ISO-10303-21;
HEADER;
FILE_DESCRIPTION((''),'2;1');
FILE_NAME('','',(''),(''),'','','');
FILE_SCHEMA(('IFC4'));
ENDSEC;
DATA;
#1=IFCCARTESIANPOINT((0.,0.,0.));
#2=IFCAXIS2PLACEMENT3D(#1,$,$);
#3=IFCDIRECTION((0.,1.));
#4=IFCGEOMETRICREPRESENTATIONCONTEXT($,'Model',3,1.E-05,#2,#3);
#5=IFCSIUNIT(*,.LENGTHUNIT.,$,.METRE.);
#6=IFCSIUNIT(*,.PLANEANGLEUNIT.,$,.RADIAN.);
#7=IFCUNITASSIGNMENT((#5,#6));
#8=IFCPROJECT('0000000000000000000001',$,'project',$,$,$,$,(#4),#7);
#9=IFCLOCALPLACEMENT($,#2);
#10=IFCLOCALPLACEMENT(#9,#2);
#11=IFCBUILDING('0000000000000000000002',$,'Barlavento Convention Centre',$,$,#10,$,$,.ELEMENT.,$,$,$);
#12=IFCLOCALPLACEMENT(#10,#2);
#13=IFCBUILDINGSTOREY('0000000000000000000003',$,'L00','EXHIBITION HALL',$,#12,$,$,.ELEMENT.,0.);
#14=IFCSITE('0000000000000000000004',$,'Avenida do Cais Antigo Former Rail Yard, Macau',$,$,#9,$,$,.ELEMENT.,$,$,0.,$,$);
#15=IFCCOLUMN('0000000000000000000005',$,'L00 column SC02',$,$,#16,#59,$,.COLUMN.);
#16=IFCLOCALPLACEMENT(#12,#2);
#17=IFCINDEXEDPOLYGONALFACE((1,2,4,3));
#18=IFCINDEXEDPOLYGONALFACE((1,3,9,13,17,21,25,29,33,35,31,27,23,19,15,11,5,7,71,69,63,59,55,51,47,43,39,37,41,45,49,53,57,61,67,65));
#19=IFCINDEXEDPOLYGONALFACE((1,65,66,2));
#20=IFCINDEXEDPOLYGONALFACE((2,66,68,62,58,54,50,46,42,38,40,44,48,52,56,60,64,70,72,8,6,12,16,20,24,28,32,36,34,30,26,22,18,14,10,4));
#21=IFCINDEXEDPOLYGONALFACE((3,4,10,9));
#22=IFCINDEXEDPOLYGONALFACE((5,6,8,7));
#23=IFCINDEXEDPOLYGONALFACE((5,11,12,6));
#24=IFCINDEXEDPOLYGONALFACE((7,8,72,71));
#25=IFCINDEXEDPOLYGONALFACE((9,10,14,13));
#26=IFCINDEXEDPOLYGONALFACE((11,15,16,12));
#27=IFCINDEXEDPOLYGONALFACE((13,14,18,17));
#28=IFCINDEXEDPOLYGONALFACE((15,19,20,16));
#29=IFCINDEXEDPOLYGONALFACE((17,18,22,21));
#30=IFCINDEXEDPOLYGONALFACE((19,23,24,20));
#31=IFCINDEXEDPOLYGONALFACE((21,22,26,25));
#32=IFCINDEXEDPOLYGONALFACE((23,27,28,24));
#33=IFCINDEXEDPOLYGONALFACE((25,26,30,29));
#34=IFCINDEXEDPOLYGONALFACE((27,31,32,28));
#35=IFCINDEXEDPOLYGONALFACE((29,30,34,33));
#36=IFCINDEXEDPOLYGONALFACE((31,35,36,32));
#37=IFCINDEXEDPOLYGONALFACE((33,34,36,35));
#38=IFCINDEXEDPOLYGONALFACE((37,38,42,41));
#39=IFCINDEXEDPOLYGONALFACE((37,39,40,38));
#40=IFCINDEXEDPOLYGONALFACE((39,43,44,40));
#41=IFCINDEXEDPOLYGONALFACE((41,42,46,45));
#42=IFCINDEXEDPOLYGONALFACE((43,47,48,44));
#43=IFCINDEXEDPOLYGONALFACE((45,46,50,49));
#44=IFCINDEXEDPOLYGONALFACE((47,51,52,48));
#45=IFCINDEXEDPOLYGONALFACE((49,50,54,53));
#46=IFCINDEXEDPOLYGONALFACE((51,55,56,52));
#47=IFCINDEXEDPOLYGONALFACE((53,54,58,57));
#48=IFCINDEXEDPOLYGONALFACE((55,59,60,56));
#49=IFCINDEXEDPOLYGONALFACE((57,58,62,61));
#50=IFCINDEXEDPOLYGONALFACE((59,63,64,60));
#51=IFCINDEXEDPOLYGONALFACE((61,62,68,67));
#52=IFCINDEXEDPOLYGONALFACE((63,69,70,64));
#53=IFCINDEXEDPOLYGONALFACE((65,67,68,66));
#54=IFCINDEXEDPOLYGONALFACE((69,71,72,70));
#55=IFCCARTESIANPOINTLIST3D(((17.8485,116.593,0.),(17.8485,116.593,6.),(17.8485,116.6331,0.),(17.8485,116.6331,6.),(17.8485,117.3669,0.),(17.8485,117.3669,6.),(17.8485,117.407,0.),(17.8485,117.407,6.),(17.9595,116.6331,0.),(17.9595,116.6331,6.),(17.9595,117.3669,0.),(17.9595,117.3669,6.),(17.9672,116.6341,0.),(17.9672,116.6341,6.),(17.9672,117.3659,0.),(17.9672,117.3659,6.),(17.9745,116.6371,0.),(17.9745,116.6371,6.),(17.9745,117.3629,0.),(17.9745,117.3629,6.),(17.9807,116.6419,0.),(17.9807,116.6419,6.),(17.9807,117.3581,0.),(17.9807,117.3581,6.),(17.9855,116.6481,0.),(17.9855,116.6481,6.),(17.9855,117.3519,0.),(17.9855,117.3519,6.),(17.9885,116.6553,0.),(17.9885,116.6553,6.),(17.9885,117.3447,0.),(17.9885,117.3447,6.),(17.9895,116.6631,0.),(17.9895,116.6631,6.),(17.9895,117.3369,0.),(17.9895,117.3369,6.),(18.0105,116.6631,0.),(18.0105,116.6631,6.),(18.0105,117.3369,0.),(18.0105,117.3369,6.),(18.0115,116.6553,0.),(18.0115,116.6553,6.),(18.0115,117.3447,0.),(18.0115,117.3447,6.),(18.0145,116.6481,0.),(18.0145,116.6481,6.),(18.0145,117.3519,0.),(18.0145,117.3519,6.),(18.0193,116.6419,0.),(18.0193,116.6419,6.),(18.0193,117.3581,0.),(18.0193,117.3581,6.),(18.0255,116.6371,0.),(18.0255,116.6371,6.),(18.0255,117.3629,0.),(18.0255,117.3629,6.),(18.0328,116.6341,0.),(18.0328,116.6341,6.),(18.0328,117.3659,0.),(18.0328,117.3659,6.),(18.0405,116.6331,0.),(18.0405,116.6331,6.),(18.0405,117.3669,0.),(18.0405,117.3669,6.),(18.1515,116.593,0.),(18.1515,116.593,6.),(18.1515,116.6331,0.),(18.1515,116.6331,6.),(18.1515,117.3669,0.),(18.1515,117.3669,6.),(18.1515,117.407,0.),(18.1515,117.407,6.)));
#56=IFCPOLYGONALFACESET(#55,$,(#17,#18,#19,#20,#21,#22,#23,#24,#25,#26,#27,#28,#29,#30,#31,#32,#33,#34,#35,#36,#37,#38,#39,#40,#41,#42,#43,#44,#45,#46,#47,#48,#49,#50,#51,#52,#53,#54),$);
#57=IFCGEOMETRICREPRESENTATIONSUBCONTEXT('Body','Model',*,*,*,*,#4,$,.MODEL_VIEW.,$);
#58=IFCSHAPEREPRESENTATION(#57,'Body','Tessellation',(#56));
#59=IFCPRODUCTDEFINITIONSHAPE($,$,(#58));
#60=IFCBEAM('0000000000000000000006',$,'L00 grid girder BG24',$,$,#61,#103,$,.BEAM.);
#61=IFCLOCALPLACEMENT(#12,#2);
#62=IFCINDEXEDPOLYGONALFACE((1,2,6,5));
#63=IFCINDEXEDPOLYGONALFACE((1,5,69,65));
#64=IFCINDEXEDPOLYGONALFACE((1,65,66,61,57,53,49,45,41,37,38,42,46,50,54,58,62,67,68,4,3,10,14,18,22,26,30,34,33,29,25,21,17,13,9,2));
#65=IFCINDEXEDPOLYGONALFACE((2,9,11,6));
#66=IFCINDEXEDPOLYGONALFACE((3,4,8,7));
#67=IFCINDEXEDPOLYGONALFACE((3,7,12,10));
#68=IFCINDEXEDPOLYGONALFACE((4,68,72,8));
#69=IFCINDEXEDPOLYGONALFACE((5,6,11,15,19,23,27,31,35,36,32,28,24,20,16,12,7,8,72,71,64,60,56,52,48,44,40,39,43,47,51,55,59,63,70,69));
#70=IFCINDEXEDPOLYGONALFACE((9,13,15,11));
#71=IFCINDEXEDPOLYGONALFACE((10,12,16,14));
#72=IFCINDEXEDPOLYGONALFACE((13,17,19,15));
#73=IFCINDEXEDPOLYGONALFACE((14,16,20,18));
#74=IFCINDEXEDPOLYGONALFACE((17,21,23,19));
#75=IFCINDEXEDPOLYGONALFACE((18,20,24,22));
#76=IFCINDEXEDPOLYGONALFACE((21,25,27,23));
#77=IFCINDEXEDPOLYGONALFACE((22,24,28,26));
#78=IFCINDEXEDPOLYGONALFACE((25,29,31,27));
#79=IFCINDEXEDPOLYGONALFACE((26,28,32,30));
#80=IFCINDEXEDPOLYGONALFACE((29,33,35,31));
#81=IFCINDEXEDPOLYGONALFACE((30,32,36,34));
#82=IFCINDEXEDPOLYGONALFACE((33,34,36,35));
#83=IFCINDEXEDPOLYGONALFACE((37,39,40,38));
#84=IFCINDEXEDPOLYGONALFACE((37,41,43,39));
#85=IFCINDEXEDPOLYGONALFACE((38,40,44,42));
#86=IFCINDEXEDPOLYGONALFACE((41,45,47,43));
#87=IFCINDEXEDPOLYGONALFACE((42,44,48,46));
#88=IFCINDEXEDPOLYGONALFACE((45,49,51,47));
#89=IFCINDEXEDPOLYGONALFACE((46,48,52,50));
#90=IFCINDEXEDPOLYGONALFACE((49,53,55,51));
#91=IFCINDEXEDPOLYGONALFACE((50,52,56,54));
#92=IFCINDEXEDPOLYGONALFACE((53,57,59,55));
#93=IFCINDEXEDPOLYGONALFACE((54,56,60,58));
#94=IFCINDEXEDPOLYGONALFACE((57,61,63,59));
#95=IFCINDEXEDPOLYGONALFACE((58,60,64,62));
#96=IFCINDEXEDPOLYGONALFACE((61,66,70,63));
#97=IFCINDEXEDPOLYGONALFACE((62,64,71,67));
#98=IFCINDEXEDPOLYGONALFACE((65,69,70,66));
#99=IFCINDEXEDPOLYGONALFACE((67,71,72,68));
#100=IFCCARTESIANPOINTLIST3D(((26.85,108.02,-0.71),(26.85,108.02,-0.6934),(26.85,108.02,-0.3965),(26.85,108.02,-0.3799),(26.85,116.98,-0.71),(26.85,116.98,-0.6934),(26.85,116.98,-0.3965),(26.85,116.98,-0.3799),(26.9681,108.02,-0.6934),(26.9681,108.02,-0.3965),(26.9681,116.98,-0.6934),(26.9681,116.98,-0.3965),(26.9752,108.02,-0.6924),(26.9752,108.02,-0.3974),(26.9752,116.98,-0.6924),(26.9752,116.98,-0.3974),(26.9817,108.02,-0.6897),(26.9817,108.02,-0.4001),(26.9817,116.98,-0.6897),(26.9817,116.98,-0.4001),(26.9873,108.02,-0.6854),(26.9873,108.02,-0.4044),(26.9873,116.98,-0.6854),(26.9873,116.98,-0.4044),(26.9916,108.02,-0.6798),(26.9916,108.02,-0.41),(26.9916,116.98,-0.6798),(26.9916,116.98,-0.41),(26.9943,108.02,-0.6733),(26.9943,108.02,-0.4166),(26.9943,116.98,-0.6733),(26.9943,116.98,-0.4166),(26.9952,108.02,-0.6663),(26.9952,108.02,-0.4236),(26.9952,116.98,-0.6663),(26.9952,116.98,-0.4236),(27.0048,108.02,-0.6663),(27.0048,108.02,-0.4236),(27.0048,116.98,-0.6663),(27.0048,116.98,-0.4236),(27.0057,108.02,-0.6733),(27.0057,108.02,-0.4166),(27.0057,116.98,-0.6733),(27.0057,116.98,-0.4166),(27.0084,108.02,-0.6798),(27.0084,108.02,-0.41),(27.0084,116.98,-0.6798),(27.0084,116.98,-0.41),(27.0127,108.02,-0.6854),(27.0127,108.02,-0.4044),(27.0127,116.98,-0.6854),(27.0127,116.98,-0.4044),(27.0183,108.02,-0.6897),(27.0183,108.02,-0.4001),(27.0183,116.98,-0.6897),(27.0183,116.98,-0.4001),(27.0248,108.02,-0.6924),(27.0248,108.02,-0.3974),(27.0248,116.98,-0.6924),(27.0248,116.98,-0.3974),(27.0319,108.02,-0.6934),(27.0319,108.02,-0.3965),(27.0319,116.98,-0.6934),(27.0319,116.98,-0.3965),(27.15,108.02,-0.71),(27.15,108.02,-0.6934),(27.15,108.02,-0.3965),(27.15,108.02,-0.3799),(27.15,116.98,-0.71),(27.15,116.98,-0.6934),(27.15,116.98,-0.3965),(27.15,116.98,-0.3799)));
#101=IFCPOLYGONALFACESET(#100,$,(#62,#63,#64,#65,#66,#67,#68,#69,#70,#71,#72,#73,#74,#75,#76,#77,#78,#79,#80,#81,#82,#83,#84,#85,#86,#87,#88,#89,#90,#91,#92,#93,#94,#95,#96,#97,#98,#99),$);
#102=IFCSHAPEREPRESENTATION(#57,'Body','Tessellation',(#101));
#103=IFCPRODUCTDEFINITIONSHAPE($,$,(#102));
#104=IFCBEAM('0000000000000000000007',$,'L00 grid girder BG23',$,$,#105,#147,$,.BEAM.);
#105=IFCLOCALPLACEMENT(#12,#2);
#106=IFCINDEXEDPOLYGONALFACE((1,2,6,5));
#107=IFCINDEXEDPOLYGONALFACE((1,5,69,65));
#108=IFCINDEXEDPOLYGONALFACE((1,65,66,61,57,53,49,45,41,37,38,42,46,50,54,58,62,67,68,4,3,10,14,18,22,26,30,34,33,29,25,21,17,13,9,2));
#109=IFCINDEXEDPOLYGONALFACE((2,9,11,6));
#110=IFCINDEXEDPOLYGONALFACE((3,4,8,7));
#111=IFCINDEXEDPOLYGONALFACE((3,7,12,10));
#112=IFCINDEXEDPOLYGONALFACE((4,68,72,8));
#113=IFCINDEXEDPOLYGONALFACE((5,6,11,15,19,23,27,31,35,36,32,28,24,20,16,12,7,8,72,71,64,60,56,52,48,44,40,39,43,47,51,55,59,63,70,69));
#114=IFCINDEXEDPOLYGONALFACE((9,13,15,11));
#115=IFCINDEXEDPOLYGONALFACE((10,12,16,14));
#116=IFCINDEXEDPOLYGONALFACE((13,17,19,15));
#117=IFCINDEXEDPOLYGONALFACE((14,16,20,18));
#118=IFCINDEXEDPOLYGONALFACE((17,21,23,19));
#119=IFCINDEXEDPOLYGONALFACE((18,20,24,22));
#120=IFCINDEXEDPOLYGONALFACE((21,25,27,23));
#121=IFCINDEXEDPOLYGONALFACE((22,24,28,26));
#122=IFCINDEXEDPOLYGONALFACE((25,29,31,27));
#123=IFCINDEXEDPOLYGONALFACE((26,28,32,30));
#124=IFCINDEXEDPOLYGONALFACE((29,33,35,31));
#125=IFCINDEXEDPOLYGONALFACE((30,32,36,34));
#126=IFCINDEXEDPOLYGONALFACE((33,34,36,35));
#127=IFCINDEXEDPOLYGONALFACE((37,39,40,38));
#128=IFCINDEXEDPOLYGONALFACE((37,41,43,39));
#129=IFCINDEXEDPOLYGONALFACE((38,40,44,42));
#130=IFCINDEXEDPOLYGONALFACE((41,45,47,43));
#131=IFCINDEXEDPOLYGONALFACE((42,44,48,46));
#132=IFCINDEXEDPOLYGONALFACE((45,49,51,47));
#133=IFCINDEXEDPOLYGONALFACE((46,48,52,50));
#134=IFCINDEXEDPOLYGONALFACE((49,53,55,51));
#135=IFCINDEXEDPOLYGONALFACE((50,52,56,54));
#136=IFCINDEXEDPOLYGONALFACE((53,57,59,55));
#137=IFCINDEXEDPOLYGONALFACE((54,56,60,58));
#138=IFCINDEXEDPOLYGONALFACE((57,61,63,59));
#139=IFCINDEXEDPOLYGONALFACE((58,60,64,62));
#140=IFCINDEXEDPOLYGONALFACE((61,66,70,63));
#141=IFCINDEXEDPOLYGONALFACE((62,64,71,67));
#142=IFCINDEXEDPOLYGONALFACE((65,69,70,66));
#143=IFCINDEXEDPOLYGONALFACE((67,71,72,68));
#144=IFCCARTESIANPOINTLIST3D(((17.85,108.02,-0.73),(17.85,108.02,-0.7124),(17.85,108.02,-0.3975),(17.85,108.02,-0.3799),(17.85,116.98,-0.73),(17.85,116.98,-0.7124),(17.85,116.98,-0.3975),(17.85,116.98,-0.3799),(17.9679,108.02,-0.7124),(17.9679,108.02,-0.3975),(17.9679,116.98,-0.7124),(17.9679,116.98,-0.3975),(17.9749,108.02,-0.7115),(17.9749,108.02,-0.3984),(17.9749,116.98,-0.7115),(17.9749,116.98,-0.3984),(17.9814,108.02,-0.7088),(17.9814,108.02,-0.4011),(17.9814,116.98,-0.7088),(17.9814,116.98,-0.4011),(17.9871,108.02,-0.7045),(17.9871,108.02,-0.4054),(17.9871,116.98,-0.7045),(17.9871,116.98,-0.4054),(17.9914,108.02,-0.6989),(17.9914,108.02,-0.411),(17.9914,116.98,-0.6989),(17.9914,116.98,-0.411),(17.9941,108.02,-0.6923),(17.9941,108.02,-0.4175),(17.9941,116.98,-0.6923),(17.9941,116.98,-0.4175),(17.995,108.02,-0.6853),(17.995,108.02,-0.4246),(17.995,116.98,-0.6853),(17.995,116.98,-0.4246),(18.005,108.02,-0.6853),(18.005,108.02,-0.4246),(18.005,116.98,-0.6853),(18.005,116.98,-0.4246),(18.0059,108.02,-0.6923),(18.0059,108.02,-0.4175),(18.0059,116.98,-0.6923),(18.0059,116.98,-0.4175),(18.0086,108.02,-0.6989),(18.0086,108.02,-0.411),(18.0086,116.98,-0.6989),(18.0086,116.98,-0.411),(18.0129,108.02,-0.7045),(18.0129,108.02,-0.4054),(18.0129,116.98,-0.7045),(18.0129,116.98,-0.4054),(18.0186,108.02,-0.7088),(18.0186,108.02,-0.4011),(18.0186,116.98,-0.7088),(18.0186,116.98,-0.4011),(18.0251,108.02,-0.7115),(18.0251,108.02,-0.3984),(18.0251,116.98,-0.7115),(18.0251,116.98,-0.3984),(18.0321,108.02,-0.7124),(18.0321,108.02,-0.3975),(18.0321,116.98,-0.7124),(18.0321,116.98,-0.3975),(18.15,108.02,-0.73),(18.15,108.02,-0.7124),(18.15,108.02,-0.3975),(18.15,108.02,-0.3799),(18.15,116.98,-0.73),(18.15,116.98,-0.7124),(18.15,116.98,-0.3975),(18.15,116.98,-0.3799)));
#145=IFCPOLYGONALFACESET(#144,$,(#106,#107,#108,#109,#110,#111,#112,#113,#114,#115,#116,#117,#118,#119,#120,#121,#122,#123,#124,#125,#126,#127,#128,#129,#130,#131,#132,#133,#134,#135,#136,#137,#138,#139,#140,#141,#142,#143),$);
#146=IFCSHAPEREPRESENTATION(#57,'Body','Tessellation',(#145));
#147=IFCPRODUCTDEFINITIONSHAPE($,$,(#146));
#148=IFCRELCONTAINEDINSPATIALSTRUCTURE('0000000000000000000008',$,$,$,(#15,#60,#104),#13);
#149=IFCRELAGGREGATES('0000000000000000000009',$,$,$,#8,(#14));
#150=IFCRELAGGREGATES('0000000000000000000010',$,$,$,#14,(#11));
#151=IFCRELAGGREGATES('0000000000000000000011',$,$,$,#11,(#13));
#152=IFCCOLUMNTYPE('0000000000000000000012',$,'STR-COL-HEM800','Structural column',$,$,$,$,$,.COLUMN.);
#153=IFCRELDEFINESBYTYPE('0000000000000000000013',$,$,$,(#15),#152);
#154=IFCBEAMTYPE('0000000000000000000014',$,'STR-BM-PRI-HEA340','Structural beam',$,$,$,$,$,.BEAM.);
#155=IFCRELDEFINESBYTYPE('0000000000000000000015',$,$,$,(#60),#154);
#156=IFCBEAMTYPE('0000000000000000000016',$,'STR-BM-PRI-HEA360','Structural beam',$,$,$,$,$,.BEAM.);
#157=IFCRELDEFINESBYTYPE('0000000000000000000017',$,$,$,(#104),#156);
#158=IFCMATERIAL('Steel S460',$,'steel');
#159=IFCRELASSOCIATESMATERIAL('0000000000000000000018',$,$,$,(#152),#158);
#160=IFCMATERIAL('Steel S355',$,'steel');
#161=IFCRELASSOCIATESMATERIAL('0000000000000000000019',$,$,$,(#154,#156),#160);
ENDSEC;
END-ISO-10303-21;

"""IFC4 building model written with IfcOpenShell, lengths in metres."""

from ifc_helpers import new_model, si_unit, direction, frame, origin, origin_2d, place, context, subcontext, project, spatial, i_section, extrude, material, material_profile, profile_set, type_object, element, save


model = new_model("IFC4")

# Units and contexts
model_context = context("Model", 3, precision=1e-05, world=origin(), true_north=direction((0.0, 1.0)))
body_context = subcontext(model_context, "Body", "Model", "MODEL_VIEW")
ifc_project = project(units=[si_unit("LENGTHUNIT", "METRE"), si_unit("PLANEANGLEUNIT", "RADIAN")], contexts=[model_context])

# Site, building, storey
site_placement = place(None, origin())
site = spatial("IfcSite", under=ifc_project, at=site_placement, Name="Avenida do Cais Antigo Former Rail Yard, Macau", CompositionType="ELEMENT", RefElevation=0.0)
building_placement = place(site_placement, origin())
building = spatial("IfcBuilding", under=site, at=building_placement, Name="Barlavento Convention Centre", CompositionType="ELEMENT")
storey_placement = place(building_placement, origin())
storey = spatial("IfcBuildingStorey", under=building, at=storey_placement, Name="L00", Description="EXHIBITION HALL", CompositionType="ELEMENT", Elevation=0.0)

# Column
ifc_material_1 = material(Name="Steel S460", Category="steel")
ifc_material_profile_1 = material_profile(ifc_material_1, i_section(OverallWidth=0.303, OverallDepth=0.814, WebThickness=0.021, FlangeThickness=0.04, FilletRadius=0.03, at=origin_2d()), Name="HEM 800")
ifc_profile_set_1 = profile_set([ifc_material_profile_1], Name="Steel S460")
column_type = type_object("IfcColumnType", Name="STR-COL-HEM800", Description="Structural column", PredefinedType="COLUMN", material=ifc_profile_set_1)
column_placement = place(storey_placement, frame((18.0, 117.0, 0.0), z_axis=(0.0, 0.0, 1.0), x_axis=(1.0, 0.0, 0.0)))
element("IfcColumn", 1, at=column_placement, inside=storey, type_object=column_type, Name="L00 column SC02", PredefinedType="COLUMN", context=body_context, shape_type="SweptSolid", body=[
    extrude(i_section(OverallWidth=0.303, OverallDepth=0.814, WebThickness=0.021, FlangeThickness=0.04, FilletRadius=0.03, at=origin_2d()), origin(), (0.0, 0.0, 1.0), 6.0),
])

# Beams
ifc_material_2 = material(Name="Steel S355", Category="steel")
ifc_material_profile_2 = material_profile(ifc_material_2, i_section(OverallWidth=0.3, OverallDepth=0.3301, WebThickness=0.0095, FlangeThickness=0.0166, FilletRadius=0.0271, at=origin_2d()), Name="HEA 340")
ifc_profile_set_2 = profile_set([ifc_material_profile_2], Name="Steel S355")
beam_type_1 = type_object("IfcBeamType", Name="STR-BM-PRI-HEA340", Description="Structural beam", PredefinedType="BEAM", material=ifc_profile_set_2)
beam_1_placement = place(storey_placement, frame((27.0, 108.02, -0.5449), z_axis=(0.0, 1.0, 0.0), x_axis=(-1.0, 0.0, 0.0)))
element("IfcBeam", 2, at=beam_1_placement, inside=storey, type_object=beam_type_1, Name="L00 grid girder BG24", PredefinedType="BEAM", context=body_context, shape_type="SweptSolid", body=[
    extrude(i_section(OverallWidth=0.3, OverallDepth=0.3301, WebThickness=0.0095, FlangeThickness=0.0166, FilletRadius=0.0271, at=origin_2d()), origin(), (0.0, 0.0, 1.0), 8.96),
])
ifc_material_profile_3 = material_profile(ifc_material_2, i_section(OverallWidth=0.3, OverallDepth=0.3501, WebThickness=0.01, FlangeThickness=0.0176, FilletRadius=0.0271, at=origin_2d()), Name="HEA 360")
ifc_profile_set_3 = profile_set([ifc_material_profile_3], Name="Steel S355")
beam_type_2 = type_object("IfcBeamType", Name="STR-BM-PRI-HEA360", Description="Structural beam", PredefinedType="BEAM", material=ifc_profile_set_3)
beam_2_placement = place(storey_placement, frame((18.0, 108.02, -0.5549), z_axis=(0.0, 1.0, 0.0), x_axis=(-1.0, 0.0, 0.0)))
element("IfcBeam", 3, at=beam_2_placement, inside=storey, type_object=beam_type_2, Name="L00 grid girder BG23", PredefinedType="BEAM", context=body_context, shape_type="SweptSolid", body=[
    extrude(i_section(OverallWidth=0.3, OverallDepth=0.3501, WebThickness=0.01, FlangeThickness=0.0176, FilletRadius=0.0271, at=origin_2d()), origin(), (0.0, 0.0, 1.0), 8.96),
])

save(model, "model.ifc")
